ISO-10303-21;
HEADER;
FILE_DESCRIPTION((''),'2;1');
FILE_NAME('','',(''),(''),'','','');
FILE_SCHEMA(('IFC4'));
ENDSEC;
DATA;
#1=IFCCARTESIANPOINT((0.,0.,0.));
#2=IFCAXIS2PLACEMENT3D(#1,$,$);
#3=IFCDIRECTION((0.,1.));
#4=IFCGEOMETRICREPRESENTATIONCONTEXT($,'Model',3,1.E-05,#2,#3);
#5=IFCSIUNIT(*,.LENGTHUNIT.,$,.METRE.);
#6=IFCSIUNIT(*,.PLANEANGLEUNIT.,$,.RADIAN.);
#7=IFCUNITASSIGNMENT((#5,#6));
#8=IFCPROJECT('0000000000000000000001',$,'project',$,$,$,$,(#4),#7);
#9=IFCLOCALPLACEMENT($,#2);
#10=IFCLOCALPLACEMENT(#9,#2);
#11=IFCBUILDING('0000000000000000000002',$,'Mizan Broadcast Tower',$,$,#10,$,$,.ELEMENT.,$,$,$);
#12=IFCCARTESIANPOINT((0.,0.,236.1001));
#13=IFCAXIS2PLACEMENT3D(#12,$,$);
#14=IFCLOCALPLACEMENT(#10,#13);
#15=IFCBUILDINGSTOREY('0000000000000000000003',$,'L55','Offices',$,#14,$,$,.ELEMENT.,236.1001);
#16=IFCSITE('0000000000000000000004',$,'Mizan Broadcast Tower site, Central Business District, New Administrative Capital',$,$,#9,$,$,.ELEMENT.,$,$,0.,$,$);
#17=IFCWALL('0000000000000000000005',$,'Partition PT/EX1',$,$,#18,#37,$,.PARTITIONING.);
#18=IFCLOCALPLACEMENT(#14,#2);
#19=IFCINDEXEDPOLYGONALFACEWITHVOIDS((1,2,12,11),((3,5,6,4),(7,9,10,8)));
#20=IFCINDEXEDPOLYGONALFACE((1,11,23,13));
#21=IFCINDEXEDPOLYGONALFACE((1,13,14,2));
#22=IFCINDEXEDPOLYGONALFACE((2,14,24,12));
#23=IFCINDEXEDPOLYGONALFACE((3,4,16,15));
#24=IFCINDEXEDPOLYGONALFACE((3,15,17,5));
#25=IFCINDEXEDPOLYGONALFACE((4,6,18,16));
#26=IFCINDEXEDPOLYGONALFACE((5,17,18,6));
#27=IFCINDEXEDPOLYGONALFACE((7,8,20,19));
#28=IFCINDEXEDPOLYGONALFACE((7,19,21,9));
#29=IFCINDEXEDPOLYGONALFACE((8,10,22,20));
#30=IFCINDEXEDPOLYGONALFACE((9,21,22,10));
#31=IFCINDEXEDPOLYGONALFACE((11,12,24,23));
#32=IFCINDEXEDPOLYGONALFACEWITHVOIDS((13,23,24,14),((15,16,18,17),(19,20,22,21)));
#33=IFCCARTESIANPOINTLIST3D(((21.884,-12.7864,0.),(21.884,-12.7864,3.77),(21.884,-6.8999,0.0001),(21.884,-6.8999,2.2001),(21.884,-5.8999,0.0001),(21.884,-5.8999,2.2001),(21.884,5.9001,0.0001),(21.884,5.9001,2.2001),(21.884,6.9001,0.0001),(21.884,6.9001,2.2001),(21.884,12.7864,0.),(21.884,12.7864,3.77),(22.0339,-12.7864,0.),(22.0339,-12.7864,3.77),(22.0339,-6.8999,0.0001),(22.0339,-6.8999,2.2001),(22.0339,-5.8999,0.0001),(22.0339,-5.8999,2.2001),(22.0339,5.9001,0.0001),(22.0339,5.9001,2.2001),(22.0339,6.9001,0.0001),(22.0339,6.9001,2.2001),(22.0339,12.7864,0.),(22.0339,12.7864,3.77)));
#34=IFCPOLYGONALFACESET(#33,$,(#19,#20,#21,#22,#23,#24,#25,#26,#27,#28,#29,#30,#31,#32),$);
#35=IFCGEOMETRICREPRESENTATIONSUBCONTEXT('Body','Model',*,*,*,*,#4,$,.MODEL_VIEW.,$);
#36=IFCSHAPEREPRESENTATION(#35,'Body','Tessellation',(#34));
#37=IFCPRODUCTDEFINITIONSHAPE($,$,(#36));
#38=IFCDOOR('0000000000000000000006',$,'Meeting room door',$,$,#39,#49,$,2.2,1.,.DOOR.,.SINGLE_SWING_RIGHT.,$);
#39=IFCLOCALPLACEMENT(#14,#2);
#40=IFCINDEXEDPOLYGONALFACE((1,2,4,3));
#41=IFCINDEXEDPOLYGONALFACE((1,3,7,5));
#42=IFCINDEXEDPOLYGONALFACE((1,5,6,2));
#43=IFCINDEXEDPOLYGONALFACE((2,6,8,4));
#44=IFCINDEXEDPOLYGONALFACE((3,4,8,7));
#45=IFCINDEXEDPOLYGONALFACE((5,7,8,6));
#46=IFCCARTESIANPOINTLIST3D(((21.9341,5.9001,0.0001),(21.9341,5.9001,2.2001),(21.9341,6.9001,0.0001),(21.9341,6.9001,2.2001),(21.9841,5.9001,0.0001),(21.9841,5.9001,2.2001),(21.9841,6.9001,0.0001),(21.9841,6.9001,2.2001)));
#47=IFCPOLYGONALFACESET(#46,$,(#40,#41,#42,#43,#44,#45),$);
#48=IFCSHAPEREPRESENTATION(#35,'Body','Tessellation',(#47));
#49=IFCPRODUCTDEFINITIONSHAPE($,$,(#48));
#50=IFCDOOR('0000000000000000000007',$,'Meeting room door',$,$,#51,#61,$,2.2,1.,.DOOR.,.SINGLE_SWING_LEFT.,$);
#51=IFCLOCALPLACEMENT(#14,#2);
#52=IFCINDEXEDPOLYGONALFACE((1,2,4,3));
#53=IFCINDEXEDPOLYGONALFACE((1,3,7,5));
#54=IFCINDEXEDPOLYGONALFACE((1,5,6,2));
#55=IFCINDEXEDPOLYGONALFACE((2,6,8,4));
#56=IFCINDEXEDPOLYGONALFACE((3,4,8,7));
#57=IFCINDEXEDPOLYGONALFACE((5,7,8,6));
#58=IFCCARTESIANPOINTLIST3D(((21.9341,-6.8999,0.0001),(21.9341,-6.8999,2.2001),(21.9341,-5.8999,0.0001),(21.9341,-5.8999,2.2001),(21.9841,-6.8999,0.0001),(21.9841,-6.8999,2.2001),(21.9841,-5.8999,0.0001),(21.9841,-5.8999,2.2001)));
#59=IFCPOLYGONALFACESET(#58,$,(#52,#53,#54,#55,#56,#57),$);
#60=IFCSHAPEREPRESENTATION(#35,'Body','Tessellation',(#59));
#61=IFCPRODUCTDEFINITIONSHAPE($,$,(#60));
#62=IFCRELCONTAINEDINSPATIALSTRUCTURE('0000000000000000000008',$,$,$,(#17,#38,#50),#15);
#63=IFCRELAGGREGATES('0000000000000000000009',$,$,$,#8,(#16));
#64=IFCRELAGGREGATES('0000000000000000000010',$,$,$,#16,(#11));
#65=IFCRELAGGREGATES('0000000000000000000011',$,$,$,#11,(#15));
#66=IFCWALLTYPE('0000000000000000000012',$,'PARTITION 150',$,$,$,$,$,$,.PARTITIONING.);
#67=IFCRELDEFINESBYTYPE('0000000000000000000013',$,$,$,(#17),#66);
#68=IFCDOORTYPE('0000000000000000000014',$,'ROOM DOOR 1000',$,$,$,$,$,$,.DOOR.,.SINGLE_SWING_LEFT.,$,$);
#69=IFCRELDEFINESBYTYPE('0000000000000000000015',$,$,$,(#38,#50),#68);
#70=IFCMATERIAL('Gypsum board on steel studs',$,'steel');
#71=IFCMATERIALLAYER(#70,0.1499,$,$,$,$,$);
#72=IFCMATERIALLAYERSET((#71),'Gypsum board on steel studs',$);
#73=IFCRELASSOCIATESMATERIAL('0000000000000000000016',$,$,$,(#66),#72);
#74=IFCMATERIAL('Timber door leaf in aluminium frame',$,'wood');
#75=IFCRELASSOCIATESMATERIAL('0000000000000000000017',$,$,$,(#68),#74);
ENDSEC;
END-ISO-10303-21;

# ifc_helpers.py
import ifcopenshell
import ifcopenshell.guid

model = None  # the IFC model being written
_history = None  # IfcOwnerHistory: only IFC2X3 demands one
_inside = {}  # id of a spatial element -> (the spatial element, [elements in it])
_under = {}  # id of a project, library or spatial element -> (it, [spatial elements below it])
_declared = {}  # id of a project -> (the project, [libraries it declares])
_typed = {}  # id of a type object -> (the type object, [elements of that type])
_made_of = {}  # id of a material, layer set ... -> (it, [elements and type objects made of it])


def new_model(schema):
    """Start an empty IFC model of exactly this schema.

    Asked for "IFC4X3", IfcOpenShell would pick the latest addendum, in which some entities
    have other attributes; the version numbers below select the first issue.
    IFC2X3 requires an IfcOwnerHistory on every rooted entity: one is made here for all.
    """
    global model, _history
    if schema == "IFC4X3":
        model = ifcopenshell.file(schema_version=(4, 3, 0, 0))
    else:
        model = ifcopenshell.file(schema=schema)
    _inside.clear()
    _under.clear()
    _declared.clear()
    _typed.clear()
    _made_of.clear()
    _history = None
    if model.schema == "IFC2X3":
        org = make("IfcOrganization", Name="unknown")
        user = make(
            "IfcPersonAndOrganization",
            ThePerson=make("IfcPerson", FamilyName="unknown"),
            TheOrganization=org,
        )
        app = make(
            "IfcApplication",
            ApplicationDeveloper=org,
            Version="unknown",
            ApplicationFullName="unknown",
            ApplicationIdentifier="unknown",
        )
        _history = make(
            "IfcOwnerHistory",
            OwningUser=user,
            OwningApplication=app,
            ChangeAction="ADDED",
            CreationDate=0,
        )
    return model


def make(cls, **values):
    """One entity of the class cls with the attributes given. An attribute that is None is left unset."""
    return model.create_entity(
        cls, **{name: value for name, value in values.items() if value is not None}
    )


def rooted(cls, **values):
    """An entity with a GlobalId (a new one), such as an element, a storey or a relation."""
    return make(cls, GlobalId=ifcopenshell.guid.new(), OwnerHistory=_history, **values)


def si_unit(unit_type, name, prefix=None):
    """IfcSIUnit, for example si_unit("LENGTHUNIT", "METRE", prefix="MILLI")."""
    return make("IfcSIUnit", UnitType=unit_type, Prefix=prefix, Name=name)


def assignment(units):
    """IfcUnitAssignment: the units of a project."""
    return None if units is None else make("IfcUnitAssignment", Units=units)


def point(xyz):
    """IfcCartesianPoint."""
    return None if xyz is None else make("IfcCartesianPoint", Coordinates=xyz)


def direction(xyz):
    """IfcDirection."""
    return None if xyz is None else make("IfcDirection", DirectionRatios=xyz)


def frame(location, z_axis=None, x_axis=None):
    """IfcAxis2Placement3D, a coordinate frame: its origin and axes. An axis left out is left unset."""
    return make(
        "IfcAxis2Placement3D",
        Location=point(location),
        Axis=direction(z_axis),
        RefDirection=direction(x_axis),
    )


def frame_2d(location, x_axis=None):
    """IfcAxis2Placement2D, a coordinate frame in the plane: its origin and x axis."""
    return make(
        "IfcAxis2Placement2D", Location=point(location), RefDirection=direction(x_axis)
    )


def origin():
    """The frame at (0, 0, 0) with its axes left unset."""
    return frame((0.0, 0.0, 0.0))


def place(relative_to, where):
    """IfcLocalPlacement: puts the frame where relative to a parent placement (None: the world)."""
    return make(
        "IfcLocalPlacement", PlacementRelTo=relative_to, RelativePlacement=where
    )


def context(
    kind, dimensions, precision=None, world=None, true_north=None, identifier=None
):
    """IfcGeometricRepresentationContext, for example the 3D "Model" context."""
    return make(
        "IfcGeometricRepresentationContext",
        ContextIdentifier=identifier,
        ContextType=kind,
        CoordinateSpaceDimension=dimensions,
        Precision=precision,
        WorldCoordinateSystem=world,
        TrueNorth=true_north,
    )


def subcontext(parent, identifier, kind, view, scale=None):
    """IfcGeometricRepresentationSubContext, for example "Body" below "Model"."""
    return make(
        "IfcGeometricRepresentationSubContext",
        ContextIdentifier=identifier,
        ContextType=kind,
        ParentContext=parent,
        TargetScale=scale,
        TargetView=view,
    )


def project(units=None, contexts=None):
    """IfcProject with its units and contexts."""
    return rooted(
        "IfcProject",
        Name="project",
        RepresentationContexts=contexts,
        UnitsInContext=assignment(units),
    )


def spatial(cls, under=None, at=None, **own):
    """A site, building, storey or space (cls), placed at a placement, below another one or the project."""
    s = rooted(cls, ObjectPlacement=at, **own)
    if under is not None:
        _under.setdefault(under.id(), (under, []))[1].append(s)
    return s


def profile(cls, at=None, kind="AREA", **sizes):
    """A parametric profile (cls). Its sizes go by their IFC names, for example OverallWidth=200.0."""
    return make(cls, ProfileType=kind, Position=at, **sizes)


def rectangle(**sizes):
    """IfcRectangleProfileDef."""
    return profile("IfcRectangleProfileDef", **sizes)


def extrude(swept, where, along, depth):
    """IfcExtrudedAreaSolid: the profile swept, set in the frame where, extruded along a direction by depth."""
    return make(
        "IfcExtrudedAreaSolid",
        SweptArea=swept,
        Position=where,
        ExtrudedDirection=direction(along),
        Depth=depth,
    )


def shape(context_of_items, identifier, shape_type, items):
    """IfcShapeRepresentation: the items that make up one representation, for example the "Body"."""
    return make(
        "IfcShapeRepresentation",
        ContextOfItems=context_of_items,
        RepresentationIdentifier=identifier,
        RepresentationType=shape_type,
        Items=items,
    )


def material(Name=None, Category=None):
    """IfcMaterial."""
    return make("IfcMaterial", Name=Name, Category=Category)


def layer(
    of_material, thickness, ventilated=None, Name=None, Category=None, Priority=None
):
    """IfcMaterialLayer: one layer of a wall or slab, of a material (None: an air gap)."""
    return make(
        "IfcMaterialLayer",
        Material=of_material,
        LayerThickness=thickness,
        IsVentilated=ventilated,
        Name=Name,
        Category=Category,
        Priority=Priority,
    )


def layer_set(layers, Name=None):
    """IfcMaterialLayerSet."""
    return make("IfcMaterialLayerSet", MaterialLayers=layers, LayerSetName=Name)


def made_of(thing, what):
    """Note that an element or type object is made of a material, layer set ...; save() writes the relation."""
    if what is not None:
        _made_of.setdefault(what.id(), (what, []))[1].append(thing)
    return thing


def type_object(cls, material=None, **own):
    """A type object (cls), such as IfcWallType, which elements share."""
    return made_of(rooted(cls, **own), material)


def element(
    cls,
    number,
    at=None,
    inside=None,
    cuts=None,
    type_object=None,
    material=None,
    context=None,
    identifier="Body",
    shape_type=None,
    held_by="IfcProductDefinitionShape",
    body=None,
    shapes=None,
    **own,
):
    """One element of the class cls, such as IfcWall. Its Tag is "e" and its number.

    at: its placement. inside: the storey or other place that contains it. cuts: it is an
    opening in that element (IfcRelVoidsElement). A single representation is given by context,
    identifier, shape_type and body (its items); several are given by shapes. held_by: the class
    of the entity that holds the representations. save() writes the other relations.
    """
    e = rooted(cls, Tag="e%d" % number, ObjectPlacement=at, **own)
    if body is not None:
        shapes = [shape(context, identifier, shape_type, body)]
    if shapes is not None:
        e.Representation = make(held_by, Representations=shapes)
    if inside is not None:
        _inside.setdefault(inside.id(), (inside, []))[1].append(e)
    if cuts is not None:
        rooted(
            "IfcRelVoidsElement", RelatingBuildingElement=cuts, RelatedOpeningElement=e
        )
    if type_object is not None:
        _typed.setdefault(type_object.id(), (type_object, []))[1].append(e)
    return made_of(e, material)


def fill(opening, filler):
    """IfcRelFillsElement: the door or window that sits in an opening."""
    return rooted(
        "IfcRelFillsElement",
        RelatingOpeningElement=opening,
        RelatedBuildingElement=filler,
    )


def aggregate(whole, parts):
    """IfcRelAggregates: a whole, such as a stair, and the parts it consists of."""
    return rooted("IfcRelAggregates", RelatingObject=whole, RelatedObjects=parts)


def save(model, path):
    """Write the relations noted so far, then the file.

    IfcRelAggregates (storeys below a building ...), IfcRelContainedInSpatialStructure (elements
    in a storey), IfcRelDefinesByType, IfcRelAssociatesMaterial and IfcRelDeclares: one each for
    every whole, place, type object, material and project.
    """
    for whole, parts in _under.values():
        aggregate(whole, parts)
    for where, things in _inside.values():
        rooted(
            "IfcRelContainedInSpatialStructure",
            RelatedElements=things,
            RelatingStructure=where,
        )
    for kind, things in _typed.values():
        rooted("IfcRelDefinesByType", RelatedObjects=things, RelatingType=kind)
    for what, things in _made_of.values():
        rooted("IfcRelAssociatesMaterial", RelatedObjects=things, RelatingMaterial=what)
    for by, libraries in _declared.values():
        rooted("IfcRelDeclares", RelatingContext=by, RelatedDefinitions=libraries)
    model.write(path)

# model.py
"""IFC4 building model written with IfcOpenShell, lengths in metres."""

from ifc_helpers import new_model, si_unit, direction, frame, frame_2d, origin, place, context, subcontext, project, spatial, rectangle, extrude, material, layer, layer_set, type_object, element, fill, save


model = new_model("IFC4")

# Units and contexts
model_context = context("Model", 3, precision=1e-05, world=origin(), true_north=direction((0.0, 1.0)))
body_context = subcontext(model_context, "Body", "Model", "MODEL_VIEW")
ifc_project = project(units=[si_unit("LENGTHUNIT", "METRE"), si_unit("PLANEANGLEUNIT", "RADIAN")], contexts=[model_context])

# Site, building, storey
site_placement = place(None, origin())
site = spatial("IfcSite", under=ifc_project, at=site_placement, Name="Mizan Broadcast Tower site, Central Business District, New Administrative Capital", CompositionType="ELEMENT", RefElevation=0.0)
building_placement = place(site_placement, origin())
building = spatial("IfcBuilding", under=site, at=building_placement, Name="Mizan Broadcast Tower", CompositionType="ELEMENT")
storey_placement = place(building_placement, frame((0.0, 0.0, 236.1001)))
storey = spatial("IfcBuildingStorey", under=building, at=storey_placement, Name="L55", Description="Offices", CompositionType="ELEMENT", Elevation=236.1001)

# Wall, openings, doors
ifc_material_1 = material(Name="Gypsum board on steel studs", Category="steel")
ifc_layer_1 = layer(ifc_material_1, 0.1499)
ifc_layer_set_1 = layer_set([ifc_layer_1], Name="Gypsum board on steel studs")
wall_type_1 = type_object("IfcWallType", Name="PARTITION 150", PredefinedType="PARTITIONING", material=ifc_layer_set_1)
wall_1_placement = place(storey_placement, frame((21.959, -12.7864, 0.0), z_axis=(0.0, 0.0, 1.0), x_axis=(0.0, 1.0, 0.0)))
wall_1 = element("IfcWall", 1, at=wall_1_placement, inside=storey, type_object=wall_type_1, Name="Partition PT/EX1", PredefinedType="PARTITIONING", context=body_context, shape_type="SweptSolid", body=[
    extrude(rectangle(XDim=25.5728, YDim=0.1499, at=frame_2d((12.7864, 0.0))), origin(), (0.0, 0.0, 1.0), 3.77),
])
opening_1_placement = place(wall_1_placement, frame((18.6865, 0.0, 0.0)))
opening_1 = element("IfcOpeningElement", 2, at=opening_1_placement, cuts=wall_1, PredefinedType="OPENING", context=body_context, shape_type="SweptSolid", body=[
    extrude(rectangle(XDim=1.0, YDim=2.2, at=frame_2d((0.5, 1.1001))), frame((0.0, 0.085, 0.0), z_axis=(0.0, -1.0, 0.0), x_axis=(1.0, 0.0, 0.0)), (0.0, 0.0, 1.0), 0.1699),
])
opening_2_placement = place(wall_1_placement, frame((5.8865, 0.0, 0.0)))
opening_2 = element("IfcOpeningElement", 3, at=opening_2_placement, cuts=wall_1, PredefinedType="OPENING", context=body_context, shape_type="SweptSolid", body=[
    extrude(rectangle(XDim=1.0, YDim=2.2, at=frame_2d((0.5, 1.1001))), frame((0.0, 0.085, 0.0), z_axis=(0.0, -1.0, 0.0), x_axis=(1.0, 0.0, 0.0)), (0.0, 0.0, 1.0), 0.1699),
])
ifc_material_2 = material(Name="Timber door leaf in aluminium frame", Category="wood")
door_type_1 = type_object("IfcDoorType", Name="ROOM DOOR 1000", OperationType="SINGLE_SWING_LEFT", PredefinedType="DOOR", material=ifc_material_2)
door_1_placement = place(opening_1_placement, origin())
door_1 = element("IfcDoor", 4, at=door_1_placement, inside=storey, type_object=door_type_1, Name="Meeting room door", OperationType="SINGLE_SWING_RIGHT", OverallHeight=2.2, OverallWidth=1.0, PredefinedType="DOOR", context=body_context, shape_type="SweptSolid", body=[
    extrude(rectangle(XDim=1.0, YDim=2.2, at=frame_2d((0.5, 1.1001))), frame((0.0, 0.0249, 0.0), z_axis=(0.0, -1.0, 0.0), x_axis=(1.0, 0.0, 0.0)), (0.0, 0.0, 1.0), 0.05),
])
fill(opening_1, door_1)
door_2_placement = place(opening_2_placement, origin())
door_2 = element("IfcDoor", 5, at=door_2_placement, inside=storey, type_object=door_type_1, Name="Meeting room door", OperationType="SINGLE_SWING_LEFT", OverallHeight=2.2, OverallWidth=1.0, PredefinedType="DOOR", context=body_context, shape_type="SweptSolid", body=[
    extrude(rectangle(XDim=1.0, YDim=2.2, at=frame_2d((0.5, 1.1001))), frame((0.0, 0.0249, 0.0), z_axis=(0.0, -1.0, 0.0), x_axis=(1.0, 0.0, 0.0)), (0.0, 0.0, 1.0), 0.05),
])
fill(opening_2, door_2)

save(model, "model.ifc")
